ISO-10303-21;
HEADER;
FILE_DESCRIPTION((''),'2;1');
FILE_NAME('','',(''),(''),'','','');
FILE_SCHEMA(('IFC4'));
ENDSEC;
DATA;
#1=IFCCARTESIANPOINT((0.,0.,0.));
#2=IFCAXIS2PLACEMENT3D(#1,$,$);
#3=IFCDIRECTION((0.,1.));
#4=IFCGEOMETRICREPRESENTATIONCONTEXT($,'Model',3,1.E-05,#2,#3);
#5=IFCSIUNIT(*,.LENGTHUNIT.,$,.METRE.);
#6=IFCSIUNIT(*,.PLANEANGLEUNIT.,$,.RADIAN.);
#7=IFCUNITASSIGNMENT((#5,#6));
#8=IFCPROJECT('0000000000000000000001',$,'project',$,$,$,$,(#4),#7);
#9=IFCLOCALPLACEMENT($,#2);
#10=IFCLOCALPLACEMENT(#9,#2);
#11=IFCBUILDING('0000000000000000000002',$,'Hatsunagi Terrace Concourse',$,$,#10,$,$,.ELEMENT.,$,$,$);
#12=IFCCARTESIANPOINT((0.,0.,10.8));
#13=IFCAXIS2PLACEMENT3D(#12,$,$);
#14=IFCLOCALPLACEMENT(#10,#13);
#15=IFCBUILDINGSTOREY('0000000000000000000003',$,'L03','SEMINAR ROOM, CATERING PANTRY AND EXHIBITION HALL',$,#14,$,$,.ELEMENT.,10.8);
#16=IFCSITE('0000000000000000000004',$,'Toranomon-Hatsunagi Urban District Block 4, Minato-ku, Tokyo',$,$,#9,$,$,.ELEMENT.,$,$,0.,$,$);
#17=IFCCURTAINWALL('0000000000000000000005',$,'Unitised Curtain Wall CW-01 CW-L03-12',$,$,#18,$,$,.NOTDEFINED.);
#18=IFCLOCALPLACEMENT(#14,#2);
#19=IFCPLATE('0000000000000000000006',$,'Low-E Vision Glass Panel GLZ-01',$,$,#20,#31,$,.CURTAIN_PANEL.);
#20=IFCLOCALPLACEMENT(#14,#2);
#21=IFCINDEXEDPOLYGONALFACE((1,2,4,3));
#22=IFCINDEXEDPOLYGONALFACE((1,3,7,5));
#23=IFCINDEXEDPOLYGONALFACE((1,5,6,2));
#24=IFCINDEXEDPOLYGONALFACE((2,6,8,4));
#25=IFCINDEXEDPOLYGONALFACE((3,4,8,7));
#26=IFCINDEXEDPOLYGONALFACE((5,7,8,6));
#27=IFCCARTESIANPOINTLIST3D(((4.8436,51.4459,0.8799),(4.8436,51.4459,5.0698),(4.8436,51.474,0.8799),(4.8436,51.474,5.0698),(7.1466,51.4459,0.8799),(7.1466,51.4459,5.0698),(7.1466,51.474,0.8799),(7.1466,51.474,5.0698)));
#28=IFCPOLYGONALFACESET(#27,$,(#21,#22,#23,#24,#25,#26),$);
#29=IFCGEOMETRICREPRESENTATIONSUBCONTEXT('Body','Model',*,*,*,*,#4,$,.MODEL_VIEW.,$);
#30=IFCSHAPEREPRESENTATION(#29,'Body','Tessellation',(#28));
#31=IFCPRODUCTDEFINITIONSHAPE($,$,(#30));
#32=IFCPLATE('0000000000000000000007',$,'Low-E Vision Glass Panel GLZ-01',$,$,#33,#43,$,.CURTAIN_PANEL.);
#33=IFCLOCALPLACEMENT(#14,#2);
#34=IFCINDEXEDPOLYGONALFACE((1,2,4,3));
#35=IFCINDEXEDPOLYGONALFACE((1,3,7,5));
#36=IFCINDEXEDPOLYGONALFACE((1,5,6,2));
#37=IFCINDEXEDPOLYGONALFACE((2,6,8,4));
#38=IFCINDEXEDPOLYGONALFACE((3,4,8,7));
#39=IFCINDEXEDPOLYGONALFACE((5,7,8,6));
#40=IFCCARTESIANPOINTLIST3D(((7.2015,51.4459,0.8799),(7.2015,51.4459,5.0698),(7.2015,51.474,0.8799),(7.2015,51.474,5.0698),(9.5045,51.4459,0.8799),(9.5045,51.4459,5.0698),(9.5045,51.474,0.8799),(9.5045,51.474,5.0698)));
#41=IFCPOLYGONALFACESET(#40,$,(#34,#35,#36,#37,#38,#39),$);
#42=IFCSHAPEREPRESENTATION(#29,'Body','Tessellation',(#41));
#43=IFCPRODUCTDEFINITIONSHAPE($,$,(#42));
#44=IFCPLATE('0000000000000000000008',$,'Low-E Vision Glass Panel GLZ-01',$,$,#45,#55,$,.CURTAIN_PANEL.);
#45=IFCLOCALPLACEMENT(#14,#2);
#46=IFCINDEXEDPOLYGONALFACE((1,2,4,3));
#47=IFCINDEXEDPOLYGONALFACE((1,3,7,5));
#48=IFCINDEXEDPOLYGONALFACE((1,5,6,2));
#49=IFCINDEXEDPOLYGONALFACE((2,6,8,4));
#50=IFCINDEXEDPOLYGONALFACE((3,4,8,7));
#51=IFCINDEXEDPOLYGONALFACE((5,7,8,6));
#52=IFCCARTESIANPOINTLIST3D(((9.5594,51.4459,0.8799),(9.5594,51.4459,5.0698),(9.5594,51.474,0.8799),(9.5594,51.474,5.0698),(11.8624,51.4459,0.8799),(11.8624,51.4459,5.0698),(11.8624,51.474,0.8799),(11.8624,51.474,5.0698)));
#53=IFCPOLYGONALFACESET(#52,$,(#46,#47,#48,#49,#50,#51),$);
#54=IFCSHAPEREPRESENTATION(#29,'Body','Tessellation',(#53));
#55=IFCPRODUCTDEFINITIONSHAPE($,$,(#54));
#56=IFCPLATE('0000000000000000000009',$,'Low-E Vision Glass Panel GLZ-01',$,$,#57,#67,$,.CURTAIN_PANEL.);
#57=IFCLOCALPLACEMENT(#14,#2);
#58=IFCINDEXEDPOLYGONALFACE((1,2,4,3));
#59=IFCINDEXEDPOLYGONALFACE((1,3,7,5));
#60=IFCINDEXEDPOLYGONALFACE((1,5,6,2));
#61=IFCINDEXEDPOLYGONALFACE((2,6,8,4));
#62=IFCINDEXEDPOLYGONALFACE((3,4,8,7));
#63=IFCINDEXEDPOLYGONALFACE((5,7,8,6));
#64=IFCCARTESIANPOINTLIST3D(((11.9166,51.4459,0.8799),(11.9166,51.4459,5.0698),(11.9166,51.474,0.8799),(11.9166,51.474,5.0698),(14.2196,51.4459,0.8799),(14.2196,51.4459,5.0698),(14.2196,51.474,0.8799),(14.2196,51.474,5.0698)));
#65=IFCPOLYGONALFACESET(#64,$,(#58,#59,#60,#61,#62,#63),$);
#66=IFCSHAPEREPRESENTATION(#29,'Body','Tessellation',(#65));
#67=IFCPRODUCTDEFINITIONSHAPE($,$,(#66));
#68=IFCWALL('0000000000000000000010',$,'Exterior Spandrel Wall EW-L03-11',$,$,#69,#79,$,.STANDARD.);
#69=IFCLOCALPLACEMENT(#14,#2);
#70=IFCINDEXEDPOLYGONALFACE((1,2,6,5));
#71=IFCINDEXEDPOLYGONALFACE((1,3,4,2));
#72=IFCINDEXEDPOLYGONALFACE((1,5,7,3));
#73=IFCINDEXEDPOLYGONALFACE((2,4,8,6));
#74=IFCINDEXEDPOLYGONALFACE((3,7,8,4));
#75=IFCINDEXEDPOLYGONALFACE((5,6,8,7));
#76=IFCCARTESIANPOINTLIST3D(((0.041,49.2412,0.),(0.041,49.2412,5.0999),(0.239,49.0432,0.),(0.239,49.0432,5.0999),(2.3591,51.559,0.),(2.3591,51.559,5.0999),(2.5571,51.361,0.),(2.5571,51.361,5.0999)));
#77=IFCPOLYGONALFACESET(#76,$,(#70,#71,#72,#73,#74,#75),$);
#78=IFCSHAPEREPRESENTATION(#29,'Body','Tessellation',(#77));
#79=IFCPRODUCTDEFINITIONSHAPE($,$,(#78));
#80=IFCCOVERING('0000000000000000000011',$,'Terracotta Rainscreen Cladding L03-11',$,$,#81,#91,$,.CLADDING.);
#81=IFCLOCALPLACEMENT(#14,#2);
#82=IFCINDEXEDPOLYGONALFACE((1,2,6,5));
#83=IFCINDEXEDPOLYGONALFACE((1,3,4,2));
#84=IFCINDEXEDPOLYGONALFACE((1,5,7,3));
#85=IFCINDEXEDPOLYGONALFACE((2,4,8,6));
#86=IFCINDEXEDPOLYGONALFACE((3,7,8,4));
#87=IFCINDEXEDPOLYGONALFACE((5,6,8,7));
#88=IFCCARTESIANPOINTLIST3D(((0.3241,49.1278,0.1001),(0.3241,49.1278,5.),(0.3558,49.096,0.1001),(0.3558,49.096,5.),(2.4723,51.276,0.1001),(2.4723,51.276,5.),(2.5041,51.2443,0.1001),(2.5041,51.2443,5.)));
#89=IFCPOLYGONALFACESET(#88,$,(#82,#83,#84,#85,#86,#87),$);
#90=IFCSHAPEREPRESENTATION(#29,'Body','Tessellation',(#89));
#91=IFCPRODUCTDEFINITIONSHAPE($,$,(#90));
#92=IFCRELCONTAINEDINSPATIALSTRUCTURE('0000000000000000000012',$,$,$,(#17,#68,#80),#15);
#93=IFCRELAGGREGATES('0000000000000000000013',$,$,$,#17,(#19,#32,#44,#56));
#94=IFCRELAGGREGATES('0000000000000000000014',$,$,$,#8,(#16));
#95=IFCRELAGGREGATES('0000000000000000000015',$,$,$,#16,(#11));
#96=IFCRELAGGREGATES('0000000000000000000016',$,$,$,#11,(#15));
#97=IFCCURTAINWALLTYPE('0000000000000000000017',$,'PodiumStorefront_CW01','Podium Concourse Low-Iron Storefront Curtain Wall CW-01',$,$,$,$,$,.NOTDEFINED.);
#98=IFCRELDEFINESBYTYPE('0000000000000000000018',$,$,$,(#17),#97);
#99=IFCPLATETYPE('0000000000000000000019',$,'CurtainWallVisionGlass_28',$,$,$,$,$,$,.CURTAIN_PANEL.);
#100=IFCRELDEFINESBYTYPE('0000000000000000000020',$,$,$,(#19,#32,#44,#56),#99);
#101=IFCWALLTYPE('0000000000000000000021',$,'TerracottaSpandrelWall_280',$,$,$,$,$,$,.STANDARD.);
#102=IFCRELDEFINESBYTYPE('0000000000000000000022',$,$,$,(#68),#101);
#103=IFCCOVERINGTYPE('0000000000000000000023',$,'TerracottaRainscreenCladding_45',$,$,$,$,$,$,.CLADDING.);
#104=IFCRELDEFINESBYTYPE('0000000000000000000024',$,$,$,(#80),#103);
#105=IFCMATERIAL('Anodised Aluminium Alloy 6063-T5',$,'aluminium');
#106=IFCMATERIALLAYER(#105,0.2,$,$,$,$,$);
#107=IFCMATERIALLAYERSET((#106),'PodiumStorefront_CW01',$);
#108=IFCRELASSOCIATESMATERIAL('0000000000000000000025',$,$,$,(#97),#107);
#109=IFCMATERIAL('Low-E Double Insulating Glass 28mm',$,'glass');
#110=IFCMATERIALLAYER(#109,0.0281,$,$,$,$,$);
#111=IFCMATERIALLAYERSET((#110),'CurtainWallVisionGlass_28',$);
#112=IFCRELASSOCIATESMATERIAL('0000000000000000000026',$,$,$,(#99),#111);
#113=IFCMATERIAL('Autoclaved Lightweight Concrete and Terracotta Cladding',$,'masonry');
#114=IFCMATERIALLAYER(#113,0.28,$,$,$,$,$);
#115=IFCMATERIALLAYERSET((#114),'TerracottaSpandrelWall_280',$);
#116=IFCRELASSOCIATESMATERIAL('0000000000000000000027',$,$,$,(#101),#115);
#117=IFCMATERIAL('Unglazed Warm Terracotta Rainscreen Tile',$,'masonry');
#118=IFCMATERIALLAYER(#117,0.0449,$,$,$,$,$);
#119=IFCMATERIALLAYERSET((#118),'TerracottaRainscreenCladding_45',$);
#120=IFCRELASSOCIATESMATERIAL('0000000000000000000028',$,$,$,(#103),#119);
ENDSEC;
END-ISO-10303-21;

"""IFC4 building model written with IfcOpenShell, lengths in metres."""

from ifc_helpers import new_model, si_unit, direction, frame, frame_2d, origin, origin_2d, place, context, subcontext, project, spatial, rectangle, extrude, material, layer, layer_set, type_object, element, aggregate, save


model = new_model("IFC4")

# Units and contexts
model_context = context("Model", 3, precision=1e-05, world=origin(), true_north=direction((0.0, 1.0)))
body_context = subcontext(model_context, "Body", "Model", "MODEL_VIEW")
ifc_project = project(units=[si_unit("LENGTHUNIT", "METRE"), si_unit("PLANEANGLEUNIT", "RADIAN")], contexts=[model_context])

# Site, building, storey
site_placement = place(None, origin())
site = spatial("IfcSite", under=ifc_project, at=site_placement, Name="Toranomon-Hatsunagi Urban District Block 4, Minato-ku, Tokyo", CompositionType="ELEMENT", RefElevation=0.0)
building_placement = place(site_placement, origin())
building = spatial("IfcBuilding", under=site, at=building_placement, Name="Hatsunagi Terrace Concourse", CompositionType="ELEMENT")
storey_placement = place(building_placement, frame((0.0, 0.0, 10.8)))
storey = spatial("IfcBuildingStorey", under=building, at=storey_placement, Name="L03", Description="SEMINAR ROOM, CATERING PANTRY AND EXHIBITION HALL", CompositionType="ELEMENT", Elevation=10.8)

# Shared definitions
ifc_material_1 = material(Name="Anodised Aluminium Alloy 6063-T5", Category="aluminium")
ifc_layer_1 = layer(ifc_material_1, 0.2)
ifc_layer_set_1 = layer_set([ifc_layer_1], Name="PodiumStorefront_CW01")
curtain_wall_type = type_object("IfcCurtainWallType", Name="PodiumStorefront_CW01", Description="Podium Concourse Low-Iron Storefront Curtain Wall CW-01", PredefinedType="NOTDEFINED", material=ifc_layer_set_1)

# Curtain wall
curtain_wall_1_placement = place(storey_placement, origin())
curtain_wall_1 = element("IfcCurtainWall", 1, at=curtain_wall_1_placement, inside=storey, type_object=curtain_wall_type, Name="Unitised Curtain Wall CW-01 CW-L03-12", PredefinedType="NOTDEFINED")

# Plates
ifc_material_2 = material(Name="Low-E Double Insulating Glass 28mm", Category="glass")
ifc_layer_2 = layer(ifc_material_2, 0.0281)
ifc_layer_set_2 = layer_set([ifc_layer_2], Name="CurtainWallVisionGlass_28")
plate_type_1 = type_object("IfcPlateType", Name="CurtainWallVisionGlass_28", PredefinedType="CURTAIN_PANEL", material=ifc_layer_set_2)
plate_1_placement = place(storey_placement, frame((5.9951, 51.46, 0.8799), z_axis=(0.0, 0.0, 1.0), x_axis=(1.0, 0.0, 0.0)))
plate_1 = element("IfcPlate", 2, at=plate_1_placement, type_object=plate_type_1, Name="Low-E Vision Glass Panel GLZ-01", PredefinedType="CURTAIN_PANEL", context=body_context, shape_type="SweptSolid", body=[
    extrude(rectangle(XDim=2.303, YDim=0.0281, at=origin_2d()), origin(), (0.0, 0.0, 1.0), 4.1899),
])
plate_2_placement = place(storey_placement, frame((8.353, 51.46, 0.8799), z_axis=(0.0, 0.0, 1.0), x_axis=(1.0, 0.0, 0.0)))
plate_2 = element("IfcPlate", 3, at=plate_2_placement, type_object=plate_type_1, Name="Low-E Vision Glass Panel GLZ-01", PredefinedType="CURTAIN_PANEL", context=body_context, shape_type="SweptSolid", body=[
    extrude(rectangle(XDim=2.303, YDim=0.0281, at=origin_2d()), origin(), (0.0, 0.0, 1.0), 4.1899),
])
plate_3_placement = place(storey_placement, frame((10.7109, 51.46, 0.8799), z_axis=(0.0, 0.0, 1.0), x_axis=(1.0, 0.0, 0.0)))
plate_3 = element("IfcPlate", 4, at=plate_3_placement, type_object=plate_type_1, Name="Low-E Vision Glass Panel GLZ-01", PredefinedType="CURTAIN_PANEL", context=body_context, shape_type="SweptSolid", body=[
    extrude(rectangle(XDim=2.303, YDim=0.0281, at=origin_2d()), origin(), (0.0, 0.0, 1.0), 4.1899),
])
plate_4_placement = place(storey_placement, frame((13.0681, 51.46, 0.8799), z_axis=(0.0, 0.0, 1.0), x_axis=(1.0, 0.0, 0.0)))
plate_4 = element("IfcPlate", 5, at=plate_4_placement, type_object=plate_type_1, Name="Low-E Vision Glass Panel GLZ-01", PredefinedType="CURTAIN_PANEL", context=body_context, shape_type="SweptSolid", body=[
    extrude(rectangle(XDim=2.303, YDim=0.0281, at=origin_2d()), origin(), (0.0, 0.0, 1.0), 4.1899),
])
aggregate(curtain_wall_1, [plate_1, plate_2, plate_3, plate_4])

# Wall
ifc_material_3 = material(Name="Autoclaved Lightweight Concrete and Terracotta Cladding", Category="masonry")
ifc_layer_3 = layer(ifc_material_3, 0.28)
ifc_layer_set_3 = layer_set([ifc_layer_3], Name="TerracottaSpandrelWall_280")
wall_type = type_object("IfcWallType", Name="TerracottaSpandrelWall_280", PredefinedType="STANDARD", material=ifc_layer_set_3)
wall_placement = place(storey_placement, frame((0.1399, 49.1421, 0.0), z_axis=(0.0, 0.0, 1.0), x_axis=(0.707144, 0.70707, 0.0)))
element("IfcWall", 6, at=wall_placement, inside=storey, type_object=wall_type, Name="Exterior Spandrel Wall EW-L03-11", PredefinedType="STANDARD", context=body_context, shape_type="SweptSolid", body=[
    extrude(rectangle(XDim=3.2781, YDim=0.28, at=frame_2d((1.6392, 0.0))), origin(), (0.0, 0.0, 1.0), 5.0999),
])

# Covering
ifc_material_4 = material(Name="Unglazed Warm Terracotta Rainscreen Tile", Category="masonry")
ifc_layer_4 = layer(ifc_material_4, 0.0449)
ifc_layer_set_4 = layer_set([ifc_layer_4], Name="TerracottaRainscreenCladding_45")
covering_type = type_object("IfcCoveringType", Name="TerracottaRainscreenCladding_45", PredefinedType="CLADDING", material=ifc_layer_set_4)
covering_placement = place(storey_placement, frame((1.4141, 50.186, 0.1001), z_axis=(0.0, 0.0, 1.0), x_axis=(0.707107, 0.707107, 0.0)))
element("IfcCovering", 7, at=covering_placement, inside=storey, type_object=covering_type, Name="Terracotta Rainscreen Cladding L03-11", PredefinedType="CLADDING", context=body_context, shape_type="SweptSolid", body=[
    extrude(rectangle(XDim=3.0381, YDim=0.0449, at=origin_2d()), origin(), (0.0, 0.0, 1.0), 4.8999),
])

save(model, "model.ifc")
